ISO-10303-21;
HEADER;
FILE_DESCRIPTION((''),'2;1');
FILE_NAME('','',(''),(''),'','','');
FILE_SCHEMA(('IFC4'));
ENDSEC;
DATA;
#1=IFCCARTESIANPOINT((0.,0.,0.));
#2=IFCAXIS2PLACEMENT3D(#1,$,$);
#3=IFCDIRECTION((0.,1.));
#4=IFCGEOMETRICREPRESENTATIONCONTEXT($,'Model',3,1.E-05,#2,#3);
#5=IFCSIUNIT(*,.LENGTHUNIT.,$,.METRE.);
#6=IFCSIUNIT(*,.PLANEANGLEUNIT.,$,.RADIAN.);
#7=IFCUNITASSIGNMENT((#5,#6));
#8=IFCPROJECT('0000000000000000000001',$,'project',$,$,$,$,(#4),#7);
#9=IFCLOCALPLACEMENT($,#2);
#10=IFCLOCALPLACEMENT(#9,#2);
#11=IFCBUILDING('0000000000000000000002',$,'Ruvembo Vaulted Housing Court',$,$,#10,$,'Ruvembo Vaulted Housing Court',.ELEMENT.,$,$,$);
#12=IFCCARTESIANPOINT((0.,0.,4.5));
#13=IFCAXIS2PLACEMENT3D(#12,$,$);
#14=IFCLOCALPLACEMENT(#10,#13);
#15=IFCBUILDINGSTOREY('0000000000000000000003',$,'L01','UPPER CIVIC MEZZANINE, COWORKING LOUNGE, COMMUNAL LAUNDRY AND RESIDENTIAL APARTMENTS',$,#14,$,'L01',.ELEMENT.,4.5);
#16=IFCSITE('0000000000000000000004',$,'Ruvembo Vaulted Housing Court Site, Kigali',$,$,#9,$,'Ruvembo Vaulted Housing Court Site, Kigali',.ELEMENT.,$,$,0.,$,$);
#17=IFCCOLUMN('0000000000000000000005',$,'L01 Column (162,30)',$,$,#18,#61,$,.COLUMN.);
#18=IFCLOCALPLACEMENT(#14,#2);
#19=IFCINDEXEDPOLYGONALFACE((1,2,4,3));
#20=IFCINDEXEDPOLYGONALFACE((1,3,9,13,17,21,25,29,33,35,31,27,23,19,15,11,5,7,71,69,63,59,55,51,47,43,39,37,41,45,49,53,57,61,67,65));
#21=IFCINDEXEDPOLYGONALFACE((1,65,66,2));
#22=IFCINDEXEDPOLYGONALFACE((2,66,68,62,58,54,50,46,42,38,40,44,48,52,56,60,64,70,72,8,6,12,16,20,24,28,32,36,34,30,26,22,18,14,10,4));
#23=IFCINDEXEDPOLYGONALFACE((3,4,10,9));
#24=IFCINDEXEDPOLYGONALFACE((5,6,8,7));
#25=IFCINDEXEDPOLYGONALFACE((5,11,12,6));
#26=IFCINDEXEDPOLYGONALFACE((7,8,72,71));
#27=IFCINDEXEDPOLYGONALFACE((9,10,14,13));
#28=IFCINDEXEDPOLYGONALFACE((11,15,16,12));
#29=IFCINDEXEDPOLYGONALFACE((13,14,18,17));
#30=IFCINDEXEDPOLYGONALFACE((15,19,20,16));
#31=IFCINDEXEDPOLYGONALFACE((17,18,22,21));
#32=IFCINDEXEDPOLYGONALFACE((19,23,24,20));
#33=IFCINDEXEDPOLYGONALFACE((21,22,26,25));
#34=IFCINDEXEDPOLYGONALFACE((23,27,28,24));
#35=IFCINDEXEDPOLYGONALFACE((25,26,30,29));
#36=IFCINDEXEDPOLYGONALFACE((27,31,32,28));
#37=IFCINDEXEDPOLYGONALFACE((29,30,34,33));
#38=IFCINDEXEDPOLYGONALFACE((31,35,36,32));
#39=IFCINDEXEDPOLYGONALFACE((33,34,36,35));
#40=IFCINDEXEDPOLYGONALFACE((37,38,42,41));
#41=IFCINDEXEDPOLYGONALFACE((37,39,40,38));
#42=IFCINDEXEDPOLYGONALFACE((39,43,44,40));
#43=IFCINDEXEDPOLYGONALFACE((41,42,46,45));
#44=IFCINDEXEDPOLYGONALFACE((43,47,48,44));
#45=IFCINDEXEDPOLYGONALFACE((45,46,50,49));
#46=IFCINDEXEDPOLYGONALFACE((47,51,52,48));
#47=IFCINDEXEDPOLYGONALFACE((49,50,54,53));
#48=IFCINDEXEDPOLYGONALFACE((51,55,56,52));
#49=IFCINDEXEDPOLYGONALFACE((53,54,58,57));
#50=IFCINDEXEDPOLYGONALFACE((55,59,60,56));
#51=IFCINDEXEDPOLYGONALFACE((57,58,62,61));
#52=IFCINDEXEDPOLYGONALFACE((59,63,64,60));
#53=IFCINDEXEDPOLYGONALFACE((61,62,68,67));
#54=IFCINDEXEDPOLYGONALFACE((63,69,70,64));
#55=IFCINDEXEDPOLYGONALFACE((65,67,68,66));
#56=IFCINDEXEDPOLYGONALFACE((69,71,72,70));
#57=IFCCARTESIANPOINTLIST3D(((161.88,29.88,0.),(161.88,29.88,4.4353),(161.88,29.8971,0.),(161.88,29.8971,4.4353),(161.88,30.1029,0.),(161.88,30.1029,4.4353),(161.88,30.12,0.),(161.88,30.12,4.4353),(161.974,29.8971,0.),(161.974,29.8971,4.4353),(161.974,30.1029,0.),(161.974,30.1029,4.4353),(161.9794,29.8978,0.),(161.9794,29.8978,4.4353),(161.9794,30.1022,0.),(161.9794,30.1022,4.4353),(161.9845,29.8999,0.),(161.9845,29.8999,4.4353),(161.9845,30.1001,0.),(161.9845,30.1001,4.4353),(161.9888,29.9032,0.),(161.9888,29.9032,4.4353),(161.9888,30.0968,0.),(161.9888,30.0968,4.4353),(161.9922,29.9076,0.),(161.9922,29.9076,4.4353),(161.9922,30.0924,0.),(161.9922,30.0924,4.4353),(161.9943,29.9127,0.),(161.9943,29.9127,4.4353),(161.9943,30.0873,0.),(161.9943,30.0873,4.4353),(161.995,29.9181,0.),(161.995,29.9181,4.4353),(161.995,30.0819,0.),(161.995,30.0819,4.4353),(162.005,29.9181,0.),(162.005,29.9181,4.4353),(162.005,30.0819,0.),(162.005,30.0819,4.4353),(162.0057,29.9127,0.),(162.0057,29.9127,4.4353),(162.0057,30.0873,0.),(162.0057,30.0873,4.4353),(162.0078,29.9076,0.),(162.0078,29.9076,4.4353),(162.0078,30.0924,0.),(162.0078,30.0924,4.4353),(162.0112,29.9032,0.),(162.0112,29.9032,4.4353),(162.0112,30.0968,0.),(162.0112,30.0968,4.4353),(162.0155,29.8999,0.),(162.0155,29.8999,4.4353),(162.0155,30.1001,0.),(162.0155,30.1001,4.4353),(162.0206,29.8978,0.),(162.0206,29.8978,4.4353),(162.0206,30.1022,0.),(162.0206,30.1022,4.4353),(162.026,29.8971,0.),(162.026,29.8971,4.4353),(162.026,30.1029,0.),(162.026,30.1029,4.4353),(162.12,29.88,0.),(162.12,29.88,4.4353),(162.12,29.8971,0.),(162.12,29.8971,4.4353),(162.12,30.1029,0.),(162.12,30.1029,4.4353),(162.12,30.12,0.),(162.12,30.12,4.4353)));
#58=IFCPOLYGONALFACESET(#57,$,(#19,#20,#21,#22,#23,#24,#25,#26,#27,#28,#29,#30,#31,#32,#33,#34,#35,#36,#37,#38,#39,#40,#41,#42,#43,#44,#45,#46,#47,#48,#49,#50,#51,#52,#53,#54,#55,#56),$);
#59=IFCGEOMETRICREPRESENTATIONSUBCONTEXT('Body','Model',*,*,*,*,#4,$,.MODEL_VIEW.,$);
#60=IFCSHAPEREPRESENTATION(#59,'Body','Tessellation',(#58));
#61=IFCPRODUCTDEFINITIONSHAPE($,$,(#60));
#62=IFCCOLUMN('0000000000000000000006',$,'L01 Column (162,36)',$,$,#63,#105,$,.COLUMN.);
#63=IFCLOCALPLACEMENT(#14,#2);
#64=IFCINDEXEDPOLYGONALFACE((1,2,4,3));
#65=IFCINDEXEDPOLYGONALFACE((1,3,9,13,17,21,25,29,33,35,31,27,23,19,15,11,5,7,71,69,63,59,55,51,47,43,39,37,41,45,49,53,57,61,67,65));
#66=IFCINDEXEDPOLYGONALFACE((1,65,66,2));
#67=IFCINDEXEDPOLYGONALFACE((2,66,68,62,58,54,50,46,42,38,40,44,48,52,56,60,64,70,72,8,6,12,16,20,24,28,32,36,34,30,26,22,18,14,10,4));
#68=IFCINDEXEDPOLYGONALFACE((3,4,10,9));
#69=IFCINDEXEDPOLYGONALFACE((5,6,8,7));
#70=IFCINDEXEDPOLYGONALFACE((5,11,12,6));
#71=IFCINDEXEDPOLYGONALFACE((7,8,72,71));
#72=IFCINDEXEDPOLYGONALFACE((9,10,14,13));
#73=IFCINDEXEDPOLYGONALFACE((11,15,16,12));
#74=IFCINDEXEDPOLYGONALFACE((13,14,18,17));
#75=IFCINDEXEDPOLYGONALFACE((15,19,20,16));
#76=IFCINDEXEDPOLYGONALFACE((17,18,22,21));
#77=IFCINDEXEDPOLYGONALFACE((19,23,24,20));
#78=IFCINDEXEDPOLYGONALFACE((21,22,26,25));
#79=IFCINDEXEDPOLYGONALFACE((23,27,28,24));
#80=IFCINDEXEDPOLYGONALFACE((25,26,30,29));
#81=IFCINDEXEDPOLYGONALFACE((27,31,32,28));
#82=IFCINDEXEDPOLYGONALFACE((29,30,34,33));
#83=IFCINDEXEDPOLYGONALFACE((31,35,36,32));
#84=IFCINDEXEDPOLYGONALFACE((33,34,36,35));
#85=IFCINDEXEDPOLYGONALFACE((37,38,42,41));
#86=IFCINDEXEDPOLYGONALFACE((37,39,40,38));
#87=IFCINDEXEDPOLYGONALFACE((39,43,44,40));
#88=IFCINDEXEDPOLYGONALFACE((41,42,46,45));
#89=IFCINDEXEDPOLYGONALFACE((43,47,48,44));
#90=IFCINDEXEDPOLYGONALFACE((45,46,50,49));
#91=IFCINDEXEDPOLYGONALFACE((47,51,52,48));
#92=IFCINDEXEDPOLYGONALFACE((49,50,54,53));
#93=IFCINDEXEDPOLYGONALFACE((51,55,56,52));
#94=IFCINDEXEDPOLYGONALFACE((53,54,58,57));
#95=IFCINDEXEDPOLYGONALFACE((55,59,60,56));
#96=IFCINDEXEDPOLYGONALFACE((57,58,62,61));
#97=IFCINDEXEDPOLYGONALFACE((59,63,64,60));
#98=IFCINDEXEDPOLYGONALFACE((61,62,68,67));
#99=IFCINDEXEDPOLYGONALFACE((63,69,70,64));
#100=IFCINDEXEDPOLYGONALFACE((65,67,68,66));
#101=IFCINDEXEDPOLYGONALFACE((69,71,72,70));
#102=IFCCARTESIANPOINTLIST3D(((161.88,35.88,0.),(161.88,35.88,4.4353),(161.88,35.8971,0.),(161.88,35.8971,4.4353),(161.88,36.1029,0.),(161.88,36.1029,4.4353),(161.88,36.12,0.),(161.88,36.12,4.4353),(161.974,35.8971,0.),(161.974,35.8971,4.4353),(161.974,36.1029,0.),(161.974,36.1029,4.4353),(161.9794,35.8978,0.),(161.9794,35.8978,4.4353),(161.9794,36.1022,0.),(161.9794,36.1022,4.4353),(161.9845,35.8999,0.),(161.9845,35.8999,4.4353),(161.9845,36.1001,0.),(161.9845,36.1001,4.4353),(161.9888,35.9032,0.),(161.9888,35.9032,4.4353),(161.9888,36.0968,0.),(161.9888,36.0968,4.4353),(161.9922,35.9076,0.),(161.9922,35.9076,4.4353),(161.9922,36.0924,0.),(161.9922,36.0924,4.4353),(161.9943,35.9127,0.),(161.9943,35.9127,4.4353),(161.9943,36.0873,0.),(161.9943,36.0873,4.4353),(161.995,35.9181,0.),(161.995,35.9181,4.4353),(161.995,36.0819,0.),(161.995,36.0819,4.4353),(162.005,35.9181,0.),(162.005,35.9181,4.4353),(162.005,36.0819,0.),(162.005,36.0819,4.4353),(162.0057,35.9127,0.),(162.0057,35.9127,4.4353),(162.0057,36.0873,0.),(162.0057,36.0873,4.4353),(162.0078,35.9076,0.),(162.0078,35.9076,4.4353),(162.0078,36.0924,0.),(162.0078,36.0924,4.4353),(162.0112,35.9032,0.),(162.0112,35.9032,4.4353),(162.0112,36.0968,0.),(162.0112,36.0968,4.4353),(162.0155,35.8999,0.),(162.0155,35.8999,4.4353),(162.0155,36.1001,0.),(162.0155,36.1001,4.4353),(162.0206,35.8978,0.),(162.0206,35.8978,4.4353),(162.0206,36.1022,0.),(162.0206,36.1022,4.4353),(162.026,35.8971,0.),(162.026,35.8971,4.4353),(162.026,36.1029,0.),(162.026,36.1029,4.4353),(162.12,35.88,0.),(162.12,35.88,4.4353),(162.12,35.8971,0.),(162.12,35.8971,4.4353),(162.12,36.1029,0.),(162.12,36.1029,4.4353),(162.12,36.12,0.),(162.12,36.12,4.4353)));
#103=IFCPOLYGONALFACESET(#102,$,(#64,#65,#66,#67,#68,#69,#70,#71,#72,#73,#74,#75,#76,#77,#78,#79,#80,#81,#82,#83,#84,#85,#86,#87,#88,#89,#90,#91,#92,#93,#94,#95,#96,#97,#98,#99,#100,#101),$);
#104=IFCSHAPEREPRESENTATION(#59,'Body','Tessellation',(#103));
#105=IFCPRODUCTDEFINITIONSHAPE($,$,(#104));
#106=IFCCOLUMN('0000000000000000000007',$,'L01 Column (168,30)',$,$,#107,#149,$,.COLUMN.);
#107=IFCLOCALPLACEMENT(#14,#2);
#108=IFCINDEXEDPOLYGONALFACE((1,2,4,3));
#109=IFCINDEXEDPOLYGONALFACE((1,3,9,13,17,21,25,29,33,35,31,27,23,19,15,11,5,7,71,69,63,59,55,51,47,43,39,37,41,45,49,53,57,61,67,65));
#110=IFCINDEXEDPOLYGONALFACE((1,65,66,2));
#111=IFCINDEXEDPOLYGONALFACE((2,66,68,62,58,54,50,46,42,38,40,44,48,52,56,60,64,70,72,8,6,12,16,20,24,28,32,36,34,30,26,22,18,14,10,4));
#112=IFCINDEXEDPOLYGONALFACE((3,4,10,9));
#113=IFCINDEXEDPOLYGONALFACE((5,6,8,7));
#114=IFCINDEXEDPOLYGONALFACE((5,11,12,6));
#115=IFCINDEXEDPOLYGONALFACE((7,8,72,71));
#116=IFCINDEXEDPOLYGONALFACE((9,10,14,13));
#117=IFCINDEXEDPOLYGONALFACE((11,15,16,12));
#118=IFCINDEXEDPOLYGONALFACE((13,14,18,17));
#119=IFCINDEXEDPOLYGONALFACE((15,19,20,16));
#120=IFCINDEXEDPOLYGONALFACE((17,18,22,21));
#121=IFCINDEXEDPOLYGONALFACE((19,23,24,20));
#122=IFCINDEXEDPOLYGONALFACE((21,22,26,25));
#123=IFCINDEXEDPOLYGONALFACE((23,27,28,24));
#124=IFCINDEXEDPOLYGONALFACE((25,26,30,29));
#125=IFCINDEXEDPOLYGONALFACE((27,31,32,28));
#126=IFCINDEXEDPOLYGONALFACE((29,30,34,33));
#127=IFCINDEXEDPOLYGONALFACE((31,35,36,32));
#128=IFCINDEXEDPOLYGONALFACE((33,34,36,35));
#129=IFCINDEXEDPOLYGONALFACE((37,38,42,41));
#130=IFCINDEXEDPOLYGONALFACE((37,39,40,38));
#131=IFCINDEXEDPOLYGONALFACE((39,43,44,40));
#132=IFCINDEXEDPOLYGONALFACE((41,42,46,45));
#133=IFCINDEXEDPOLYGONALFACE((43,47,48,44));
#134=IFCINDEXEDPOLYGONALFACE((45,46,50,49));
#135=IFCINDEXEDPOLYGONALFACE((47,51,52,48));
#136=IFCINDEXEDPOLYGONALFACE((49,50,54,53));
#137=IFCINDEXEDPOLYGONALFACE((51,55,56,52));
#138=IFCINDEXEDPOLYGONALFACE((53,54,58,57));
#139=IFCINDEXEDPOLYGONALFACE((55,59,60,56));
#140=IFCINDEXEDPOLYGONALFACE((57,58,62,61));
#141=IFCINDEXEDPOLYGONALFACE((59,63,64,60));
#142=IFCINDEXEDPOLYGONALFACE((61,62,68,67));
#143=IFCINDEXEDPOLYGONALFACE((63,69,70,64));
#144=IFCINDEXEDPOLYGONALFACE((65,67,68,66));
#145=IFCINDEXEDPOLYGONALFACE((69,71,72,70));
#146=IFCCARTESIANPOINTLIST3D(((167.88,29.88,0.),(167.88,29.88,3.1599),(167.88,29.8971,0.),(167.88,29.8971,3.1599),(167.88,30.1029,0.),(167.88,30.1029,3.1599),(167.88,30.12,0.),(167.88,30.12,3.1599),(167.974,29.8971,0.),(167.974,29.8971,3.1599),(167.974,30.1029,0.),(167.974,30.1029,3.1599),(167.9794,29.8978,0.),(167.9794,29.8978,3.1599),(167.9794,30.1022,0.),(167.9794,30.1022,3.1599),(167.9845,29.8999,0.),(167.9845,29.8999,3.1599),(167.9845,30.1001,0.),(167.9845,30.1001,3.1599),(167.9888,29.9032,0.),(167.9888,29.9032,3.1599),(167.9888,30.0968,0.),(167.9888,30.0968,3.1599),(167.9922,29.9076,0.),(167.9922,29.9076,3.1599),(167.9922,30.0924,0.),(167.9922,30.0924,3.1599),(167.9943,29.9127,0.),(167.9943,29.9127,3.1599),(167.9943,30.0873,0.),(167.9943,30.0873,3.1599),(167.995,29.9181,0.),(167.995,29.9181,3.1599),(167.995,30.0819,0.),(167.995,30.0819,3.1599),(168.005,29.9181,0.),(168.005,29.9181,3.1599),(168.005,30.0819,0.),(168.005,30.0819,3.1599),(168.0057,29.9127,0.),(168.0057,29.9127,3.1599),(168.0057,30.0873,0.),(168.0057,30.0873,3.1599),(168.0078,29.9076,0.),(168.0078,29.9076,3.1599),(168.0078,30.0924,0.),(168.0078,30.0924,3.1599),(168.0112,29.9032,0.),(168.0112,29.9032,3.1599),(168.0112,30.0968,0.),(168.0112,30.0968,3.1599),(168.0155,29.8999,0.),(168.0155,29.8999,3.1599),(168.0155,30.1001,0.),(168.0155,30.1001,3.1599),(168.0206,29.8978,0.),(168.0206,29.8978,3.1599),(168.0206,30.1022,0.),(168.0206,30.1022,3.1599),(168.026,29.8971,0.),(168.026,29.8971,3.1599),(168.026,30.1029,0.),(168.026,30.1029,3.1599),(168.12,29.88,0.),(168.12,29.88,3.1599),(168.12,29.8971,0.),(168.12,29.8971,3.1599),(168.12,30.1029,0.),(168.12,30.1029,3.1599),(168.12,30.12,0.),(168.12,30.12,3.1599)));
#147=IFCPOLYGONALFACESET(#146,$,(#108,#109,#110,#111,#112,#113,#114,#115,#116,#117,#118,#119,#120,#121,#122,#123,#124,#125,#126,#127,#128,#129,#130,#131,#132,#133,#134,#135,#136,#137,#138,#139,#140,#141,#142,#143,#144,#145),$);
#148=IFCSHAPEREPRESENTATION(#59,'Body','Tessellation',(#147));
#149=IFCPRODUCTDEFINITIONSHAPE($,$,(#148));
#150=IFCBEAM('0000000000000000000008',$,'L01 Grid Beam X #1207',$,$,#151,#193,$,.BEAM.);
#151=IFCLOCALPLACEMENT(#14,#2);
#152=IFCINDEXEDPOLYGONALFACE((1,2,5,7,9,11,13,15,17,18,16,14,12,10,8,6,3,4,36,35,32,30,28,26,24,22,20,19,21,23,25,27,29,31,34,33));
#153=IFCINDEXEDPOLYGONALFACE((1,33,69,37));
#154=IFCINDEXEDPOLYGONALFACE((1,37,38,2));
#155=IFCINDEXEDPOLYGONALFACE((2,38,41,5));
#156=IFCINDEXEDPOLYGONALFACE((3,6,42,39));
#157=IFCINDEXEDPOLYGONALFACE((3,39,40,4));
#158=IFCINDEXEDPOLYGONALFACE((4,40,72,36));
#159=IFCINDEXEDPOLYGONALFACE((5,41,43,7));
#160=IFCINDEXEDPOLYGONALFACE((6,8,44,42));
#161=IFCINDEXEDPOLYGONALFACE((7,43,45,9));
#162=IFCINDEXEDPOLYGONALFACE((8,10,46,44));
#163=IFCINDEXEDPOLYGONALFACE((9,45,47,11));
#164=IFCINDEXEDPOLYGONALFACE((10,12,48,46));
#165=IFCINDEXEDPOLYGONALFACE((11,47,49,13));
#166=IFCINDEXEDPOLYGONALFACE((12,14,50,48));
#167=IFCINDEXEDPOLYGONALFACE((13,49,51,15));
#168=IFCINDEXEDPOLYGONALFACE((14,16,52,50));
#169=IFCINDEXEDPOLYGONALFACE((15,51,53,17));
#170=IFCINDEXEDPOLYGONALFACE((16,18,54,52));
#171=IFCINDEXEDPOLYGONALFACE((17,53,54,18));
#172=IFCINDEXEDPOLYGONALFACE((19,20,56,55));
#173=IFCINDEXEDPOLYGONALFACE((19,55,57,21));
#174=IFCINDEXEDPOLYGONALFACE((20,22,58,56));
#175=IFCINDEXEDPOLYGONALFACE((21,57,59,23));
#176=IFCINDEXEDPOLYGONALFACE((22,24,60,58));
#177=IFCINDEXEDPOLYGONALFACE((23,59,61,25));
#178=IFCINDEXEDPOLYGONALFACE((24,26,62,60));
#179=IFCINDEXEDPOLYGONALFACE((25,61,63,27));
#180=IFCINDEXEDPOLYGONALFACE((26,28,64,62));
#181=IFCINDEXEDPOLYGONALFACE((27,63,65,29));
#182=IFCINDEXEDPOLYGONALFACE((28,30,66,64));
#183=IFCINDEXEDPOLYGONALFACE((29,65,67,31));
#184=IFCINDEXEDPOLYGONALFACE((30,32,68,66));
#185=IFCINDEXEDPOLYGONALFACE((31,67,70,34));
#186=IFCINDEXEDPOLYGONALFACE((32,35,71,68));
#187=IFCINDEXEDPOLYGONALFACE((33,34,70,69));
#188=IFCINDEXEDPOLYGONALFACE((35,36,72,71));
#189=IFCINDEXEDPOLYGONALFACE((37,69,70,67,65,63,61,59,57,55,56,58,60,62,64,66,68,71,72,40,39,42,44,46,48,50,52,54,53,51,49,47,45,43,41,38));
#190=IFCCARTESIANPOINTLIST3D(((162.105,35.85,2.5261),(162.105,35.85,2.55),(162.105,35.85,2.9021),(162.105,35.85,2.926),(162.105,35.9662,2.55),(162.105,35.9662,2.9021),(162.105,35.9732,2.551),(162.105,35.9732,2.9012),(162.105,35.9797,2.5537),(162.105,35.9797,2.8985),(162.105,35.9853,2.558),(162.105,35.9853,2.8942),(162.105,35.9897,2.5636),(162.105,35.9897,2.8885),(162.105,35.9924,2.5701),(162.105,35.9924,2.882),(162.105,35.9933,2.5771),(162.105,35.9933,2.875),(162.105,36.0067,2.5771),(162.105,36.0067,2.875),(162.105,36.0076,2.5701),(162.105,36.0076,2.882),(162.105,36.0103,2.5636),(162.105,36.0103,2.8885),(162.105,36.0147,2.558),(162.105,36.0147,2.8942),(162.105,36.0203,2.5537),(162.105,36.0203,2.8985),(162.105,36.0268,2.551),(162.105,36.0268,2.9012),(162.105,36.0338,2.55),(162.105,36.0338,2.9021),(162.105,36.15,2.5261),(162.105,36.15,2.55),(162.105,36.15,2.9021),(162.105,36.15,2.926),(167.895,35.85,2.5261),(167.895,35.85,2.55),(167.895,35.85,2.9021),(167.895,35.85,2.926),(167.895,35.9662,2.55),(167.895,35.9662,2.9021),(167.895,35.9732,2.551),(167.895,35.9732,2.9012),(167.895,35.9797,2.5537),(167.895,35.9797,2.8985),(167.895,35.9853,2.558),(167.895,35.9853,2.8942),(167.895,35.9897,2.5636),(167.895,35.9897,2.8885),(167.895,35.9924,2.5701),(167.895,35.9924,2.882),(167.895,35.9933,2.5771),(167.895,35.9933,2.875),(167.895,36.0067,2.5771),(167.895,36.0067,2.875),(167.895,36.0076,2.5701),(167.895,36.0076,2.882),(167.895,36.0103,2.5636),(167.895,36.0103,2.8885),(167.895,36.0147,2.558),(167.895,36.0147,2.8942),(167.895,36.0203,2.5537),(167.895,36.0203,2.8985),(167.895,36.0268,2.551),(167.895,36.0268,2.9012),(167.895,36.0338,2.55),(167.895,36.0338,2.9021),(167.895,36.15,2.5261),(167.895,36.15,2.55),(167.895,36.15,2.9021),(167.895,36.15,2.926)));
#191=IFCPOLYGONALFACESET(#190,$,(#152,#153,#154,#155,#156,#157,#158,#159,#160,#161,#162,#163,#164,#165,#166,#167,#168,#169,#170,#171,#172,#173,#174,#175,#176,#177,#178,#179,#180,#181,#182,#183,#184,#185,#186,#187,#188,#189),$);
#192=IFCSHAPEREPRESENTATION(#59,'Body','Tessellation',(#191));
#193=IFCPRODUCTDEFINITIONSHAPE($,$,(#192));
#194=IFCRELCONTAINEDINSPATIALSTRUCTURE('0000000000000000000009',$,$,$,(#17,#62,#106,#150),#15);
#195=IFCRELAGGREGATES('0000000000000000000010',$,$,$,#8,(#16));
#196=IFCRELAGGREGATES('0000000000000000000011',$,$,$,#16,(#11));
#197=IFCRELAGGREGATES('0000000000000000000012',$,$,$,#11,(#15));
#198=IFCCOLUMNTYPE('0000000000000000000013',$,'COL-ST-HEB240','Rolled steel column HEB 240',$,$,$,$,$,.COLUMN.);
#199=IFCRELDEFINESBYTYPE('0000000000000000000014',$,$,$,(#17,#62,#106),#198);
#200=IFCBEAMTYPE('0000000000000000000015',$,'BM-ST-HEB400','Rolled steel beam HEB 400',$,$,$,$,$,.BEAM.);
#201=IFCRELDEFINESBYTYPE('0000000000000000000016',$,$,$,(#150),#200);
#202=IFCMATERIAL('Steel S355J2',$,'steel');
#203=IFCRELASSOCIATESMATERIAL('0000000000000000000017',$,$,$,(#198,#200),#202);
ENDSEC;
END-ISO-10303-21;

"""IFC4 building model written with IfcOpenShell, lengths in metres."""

from ifc_helpers import new_model, si_unit, direction, frame, origin, origin_2d, place, context, subcontext, project, spatial, i_section, extrude, material, material_profile, profile_set, type_object, element, save


model = new_model("IFC4")

# Units and contexts
model_context = context("Model", 3, precision=1e-05, world=origin(), true_north=direction((0.0, 1.0)))
body_context = subcontext(model_context, "Body", "Model", "MODEL_VIEW")
ifc_project = project(units=[si_unit("LENGTHUNIT", "METRE"), si_unit("PLANEANGLEUNIT", "RADIAN")], contexts=[model_context])

# Site, building, storey
site_placement = place(None, origin())
site = spatial("IfcSite", under=ifc_project, at=site_placement, Name="Ruvembo Vaulted Housing Court Site, Kigali", LongName="Ruvembo Vaulted Housing Court Site, Kigali", CompositionType="ELEMENT", RefElevation=0.0)
building_placement = place(site_placement, origin())
building = spatial("IfcBuilding", under=site, at=building_placement, Name="Ruvembo Vaulted Housing Court", LongName="Ruvembo Vaulted Housing Court", CompositionType="ELEMENT")
storey_placement = place(building_placement, frame((0.0, 0.0, 4.5)))
storey = spatial("IfcBuildingStorey", under=building, at=storey_placement, Name="L01", Description="UPPER CIVIC MEZZANINE, COWORKING LOUNGE, COMMUNAL LAUNDRY AND RESIDENTIAL APARTMENTS", LongName="L01", CompositionType="ELEMENT", Elevation=4.5)

# Columns
ifc_material_1 = material(Name="Steel S355J2", Category="steel")
ifc_material_profile_1 = material_profile(ifc_material_1, i_section(OverallWidth=0.24, OverallDepth=0.24, WebThickness=0.01, FlangeThickness=0.0171, FilletRadius=0.021, at=origin_2d()), Name="HEB 240")
ifc_profile_set_1 = profile_set([ifc_material_profile_1], Name="Steel S355J2")
column_type = type_object("IfcColumnType", Name="COL-ST-HEB240", Description="Rolled steel column HEB 240", PredefinedType="COLUMN", material=ifc_profile_set_1)
for number, where, z_axis, x_axis, name in (
    (1, (162.0, 30.0, 0.0), (0.0, 0.0, 1.0), (1.0, 0.0, 0.0), "L01 Column (162,30)"),
    (2, (162.0, 36.0, 0.0), (0.0, 0.0, 1.0), (1.0, 0.0, 0.0), "L01 Column (162,36)"),
):
    element("IfcColumn", number, at=place(storey_placement, frame(where, z_axis=z_axis, x_axis=x_axis)), inside=storey, type_object=column_type, Name=name, PredefinedType="COLUMN", context=body_context, shape_type="SweptSolid", body=[
        extrude(i_section(OverallWidth=0.24, OverallDepth=0.24, WebThickness=0.01, FlangeThickness=0.0171, FilletRadius=0.021, at=origin_2d()), origin(), (0.0, 0.0, 1.0), 4.4353),
    ])
column_placement = place(storey_placement, frame((168.0, 30.0, 0.0), z_axis=(0.0, 0.0, 1.0), x_axis=(1.0, 0.0, 0.0)))
element("IfcColumn", 3, at=column_placement, inside=storey, type_object=column_type, Name="L01 Column (168,30)", PredefinedType="COLUMN", context=body_context, shape_type="SweptSolid", body=[
    extrude(i_section(OverallWidth=0.24, OverallDepth=0.24, WebThickness=0.01, FlangeThickness=0.0171, FilletRadius=0.021, at=origin_2d()), origin(), (0.0, 0.0, 1.0), 3.1599),
])

# Beam
ifc_material_profile_2 = material_profile(ifc_material_1, i_section(OverallWidth=0.3, OverallDepth=0.3999, WebThickness=0.0134, FlangeThickness=0.0239, FilletRadius=0.0271, at=origin_2d()), Name="HEB 400")
ifc_profile_set_2 = profile_set([ifc_material_profile_2], Name="Steel S355J2")
beam_type = type_object("IfcBeamType", Name="BM-ST-HEB400", Description="Rolled steel beam HEB 400", PredefinedType="BEAM", material=ifc_profile_set_2)
beam_placement = place(storey_placement, frame((162.105, 36.0, 2.7261), z_axis=(1.0, 0.0, 0.0), x_axis=(0.0, 1.0, 0.0)))
element("IfcBeam", 4, at=beam_placement, inside=storey, type_object=beam_type, Name="L01 Grid Beam X #1207", PredefinedType="BEAM", context=body_context, shape_type="SweptSolid", body=[
    extrude(i_section(OverallWidth=0.3, OverallDepth=0.3999, WebThickness=0.0134, FlangeThickness=0.0239, FilletRadius=0.0271, at=origin_2d()), origin(), (0.0, 0.0, 1.0), 5.79),
])

save(model, "model.ifc")
